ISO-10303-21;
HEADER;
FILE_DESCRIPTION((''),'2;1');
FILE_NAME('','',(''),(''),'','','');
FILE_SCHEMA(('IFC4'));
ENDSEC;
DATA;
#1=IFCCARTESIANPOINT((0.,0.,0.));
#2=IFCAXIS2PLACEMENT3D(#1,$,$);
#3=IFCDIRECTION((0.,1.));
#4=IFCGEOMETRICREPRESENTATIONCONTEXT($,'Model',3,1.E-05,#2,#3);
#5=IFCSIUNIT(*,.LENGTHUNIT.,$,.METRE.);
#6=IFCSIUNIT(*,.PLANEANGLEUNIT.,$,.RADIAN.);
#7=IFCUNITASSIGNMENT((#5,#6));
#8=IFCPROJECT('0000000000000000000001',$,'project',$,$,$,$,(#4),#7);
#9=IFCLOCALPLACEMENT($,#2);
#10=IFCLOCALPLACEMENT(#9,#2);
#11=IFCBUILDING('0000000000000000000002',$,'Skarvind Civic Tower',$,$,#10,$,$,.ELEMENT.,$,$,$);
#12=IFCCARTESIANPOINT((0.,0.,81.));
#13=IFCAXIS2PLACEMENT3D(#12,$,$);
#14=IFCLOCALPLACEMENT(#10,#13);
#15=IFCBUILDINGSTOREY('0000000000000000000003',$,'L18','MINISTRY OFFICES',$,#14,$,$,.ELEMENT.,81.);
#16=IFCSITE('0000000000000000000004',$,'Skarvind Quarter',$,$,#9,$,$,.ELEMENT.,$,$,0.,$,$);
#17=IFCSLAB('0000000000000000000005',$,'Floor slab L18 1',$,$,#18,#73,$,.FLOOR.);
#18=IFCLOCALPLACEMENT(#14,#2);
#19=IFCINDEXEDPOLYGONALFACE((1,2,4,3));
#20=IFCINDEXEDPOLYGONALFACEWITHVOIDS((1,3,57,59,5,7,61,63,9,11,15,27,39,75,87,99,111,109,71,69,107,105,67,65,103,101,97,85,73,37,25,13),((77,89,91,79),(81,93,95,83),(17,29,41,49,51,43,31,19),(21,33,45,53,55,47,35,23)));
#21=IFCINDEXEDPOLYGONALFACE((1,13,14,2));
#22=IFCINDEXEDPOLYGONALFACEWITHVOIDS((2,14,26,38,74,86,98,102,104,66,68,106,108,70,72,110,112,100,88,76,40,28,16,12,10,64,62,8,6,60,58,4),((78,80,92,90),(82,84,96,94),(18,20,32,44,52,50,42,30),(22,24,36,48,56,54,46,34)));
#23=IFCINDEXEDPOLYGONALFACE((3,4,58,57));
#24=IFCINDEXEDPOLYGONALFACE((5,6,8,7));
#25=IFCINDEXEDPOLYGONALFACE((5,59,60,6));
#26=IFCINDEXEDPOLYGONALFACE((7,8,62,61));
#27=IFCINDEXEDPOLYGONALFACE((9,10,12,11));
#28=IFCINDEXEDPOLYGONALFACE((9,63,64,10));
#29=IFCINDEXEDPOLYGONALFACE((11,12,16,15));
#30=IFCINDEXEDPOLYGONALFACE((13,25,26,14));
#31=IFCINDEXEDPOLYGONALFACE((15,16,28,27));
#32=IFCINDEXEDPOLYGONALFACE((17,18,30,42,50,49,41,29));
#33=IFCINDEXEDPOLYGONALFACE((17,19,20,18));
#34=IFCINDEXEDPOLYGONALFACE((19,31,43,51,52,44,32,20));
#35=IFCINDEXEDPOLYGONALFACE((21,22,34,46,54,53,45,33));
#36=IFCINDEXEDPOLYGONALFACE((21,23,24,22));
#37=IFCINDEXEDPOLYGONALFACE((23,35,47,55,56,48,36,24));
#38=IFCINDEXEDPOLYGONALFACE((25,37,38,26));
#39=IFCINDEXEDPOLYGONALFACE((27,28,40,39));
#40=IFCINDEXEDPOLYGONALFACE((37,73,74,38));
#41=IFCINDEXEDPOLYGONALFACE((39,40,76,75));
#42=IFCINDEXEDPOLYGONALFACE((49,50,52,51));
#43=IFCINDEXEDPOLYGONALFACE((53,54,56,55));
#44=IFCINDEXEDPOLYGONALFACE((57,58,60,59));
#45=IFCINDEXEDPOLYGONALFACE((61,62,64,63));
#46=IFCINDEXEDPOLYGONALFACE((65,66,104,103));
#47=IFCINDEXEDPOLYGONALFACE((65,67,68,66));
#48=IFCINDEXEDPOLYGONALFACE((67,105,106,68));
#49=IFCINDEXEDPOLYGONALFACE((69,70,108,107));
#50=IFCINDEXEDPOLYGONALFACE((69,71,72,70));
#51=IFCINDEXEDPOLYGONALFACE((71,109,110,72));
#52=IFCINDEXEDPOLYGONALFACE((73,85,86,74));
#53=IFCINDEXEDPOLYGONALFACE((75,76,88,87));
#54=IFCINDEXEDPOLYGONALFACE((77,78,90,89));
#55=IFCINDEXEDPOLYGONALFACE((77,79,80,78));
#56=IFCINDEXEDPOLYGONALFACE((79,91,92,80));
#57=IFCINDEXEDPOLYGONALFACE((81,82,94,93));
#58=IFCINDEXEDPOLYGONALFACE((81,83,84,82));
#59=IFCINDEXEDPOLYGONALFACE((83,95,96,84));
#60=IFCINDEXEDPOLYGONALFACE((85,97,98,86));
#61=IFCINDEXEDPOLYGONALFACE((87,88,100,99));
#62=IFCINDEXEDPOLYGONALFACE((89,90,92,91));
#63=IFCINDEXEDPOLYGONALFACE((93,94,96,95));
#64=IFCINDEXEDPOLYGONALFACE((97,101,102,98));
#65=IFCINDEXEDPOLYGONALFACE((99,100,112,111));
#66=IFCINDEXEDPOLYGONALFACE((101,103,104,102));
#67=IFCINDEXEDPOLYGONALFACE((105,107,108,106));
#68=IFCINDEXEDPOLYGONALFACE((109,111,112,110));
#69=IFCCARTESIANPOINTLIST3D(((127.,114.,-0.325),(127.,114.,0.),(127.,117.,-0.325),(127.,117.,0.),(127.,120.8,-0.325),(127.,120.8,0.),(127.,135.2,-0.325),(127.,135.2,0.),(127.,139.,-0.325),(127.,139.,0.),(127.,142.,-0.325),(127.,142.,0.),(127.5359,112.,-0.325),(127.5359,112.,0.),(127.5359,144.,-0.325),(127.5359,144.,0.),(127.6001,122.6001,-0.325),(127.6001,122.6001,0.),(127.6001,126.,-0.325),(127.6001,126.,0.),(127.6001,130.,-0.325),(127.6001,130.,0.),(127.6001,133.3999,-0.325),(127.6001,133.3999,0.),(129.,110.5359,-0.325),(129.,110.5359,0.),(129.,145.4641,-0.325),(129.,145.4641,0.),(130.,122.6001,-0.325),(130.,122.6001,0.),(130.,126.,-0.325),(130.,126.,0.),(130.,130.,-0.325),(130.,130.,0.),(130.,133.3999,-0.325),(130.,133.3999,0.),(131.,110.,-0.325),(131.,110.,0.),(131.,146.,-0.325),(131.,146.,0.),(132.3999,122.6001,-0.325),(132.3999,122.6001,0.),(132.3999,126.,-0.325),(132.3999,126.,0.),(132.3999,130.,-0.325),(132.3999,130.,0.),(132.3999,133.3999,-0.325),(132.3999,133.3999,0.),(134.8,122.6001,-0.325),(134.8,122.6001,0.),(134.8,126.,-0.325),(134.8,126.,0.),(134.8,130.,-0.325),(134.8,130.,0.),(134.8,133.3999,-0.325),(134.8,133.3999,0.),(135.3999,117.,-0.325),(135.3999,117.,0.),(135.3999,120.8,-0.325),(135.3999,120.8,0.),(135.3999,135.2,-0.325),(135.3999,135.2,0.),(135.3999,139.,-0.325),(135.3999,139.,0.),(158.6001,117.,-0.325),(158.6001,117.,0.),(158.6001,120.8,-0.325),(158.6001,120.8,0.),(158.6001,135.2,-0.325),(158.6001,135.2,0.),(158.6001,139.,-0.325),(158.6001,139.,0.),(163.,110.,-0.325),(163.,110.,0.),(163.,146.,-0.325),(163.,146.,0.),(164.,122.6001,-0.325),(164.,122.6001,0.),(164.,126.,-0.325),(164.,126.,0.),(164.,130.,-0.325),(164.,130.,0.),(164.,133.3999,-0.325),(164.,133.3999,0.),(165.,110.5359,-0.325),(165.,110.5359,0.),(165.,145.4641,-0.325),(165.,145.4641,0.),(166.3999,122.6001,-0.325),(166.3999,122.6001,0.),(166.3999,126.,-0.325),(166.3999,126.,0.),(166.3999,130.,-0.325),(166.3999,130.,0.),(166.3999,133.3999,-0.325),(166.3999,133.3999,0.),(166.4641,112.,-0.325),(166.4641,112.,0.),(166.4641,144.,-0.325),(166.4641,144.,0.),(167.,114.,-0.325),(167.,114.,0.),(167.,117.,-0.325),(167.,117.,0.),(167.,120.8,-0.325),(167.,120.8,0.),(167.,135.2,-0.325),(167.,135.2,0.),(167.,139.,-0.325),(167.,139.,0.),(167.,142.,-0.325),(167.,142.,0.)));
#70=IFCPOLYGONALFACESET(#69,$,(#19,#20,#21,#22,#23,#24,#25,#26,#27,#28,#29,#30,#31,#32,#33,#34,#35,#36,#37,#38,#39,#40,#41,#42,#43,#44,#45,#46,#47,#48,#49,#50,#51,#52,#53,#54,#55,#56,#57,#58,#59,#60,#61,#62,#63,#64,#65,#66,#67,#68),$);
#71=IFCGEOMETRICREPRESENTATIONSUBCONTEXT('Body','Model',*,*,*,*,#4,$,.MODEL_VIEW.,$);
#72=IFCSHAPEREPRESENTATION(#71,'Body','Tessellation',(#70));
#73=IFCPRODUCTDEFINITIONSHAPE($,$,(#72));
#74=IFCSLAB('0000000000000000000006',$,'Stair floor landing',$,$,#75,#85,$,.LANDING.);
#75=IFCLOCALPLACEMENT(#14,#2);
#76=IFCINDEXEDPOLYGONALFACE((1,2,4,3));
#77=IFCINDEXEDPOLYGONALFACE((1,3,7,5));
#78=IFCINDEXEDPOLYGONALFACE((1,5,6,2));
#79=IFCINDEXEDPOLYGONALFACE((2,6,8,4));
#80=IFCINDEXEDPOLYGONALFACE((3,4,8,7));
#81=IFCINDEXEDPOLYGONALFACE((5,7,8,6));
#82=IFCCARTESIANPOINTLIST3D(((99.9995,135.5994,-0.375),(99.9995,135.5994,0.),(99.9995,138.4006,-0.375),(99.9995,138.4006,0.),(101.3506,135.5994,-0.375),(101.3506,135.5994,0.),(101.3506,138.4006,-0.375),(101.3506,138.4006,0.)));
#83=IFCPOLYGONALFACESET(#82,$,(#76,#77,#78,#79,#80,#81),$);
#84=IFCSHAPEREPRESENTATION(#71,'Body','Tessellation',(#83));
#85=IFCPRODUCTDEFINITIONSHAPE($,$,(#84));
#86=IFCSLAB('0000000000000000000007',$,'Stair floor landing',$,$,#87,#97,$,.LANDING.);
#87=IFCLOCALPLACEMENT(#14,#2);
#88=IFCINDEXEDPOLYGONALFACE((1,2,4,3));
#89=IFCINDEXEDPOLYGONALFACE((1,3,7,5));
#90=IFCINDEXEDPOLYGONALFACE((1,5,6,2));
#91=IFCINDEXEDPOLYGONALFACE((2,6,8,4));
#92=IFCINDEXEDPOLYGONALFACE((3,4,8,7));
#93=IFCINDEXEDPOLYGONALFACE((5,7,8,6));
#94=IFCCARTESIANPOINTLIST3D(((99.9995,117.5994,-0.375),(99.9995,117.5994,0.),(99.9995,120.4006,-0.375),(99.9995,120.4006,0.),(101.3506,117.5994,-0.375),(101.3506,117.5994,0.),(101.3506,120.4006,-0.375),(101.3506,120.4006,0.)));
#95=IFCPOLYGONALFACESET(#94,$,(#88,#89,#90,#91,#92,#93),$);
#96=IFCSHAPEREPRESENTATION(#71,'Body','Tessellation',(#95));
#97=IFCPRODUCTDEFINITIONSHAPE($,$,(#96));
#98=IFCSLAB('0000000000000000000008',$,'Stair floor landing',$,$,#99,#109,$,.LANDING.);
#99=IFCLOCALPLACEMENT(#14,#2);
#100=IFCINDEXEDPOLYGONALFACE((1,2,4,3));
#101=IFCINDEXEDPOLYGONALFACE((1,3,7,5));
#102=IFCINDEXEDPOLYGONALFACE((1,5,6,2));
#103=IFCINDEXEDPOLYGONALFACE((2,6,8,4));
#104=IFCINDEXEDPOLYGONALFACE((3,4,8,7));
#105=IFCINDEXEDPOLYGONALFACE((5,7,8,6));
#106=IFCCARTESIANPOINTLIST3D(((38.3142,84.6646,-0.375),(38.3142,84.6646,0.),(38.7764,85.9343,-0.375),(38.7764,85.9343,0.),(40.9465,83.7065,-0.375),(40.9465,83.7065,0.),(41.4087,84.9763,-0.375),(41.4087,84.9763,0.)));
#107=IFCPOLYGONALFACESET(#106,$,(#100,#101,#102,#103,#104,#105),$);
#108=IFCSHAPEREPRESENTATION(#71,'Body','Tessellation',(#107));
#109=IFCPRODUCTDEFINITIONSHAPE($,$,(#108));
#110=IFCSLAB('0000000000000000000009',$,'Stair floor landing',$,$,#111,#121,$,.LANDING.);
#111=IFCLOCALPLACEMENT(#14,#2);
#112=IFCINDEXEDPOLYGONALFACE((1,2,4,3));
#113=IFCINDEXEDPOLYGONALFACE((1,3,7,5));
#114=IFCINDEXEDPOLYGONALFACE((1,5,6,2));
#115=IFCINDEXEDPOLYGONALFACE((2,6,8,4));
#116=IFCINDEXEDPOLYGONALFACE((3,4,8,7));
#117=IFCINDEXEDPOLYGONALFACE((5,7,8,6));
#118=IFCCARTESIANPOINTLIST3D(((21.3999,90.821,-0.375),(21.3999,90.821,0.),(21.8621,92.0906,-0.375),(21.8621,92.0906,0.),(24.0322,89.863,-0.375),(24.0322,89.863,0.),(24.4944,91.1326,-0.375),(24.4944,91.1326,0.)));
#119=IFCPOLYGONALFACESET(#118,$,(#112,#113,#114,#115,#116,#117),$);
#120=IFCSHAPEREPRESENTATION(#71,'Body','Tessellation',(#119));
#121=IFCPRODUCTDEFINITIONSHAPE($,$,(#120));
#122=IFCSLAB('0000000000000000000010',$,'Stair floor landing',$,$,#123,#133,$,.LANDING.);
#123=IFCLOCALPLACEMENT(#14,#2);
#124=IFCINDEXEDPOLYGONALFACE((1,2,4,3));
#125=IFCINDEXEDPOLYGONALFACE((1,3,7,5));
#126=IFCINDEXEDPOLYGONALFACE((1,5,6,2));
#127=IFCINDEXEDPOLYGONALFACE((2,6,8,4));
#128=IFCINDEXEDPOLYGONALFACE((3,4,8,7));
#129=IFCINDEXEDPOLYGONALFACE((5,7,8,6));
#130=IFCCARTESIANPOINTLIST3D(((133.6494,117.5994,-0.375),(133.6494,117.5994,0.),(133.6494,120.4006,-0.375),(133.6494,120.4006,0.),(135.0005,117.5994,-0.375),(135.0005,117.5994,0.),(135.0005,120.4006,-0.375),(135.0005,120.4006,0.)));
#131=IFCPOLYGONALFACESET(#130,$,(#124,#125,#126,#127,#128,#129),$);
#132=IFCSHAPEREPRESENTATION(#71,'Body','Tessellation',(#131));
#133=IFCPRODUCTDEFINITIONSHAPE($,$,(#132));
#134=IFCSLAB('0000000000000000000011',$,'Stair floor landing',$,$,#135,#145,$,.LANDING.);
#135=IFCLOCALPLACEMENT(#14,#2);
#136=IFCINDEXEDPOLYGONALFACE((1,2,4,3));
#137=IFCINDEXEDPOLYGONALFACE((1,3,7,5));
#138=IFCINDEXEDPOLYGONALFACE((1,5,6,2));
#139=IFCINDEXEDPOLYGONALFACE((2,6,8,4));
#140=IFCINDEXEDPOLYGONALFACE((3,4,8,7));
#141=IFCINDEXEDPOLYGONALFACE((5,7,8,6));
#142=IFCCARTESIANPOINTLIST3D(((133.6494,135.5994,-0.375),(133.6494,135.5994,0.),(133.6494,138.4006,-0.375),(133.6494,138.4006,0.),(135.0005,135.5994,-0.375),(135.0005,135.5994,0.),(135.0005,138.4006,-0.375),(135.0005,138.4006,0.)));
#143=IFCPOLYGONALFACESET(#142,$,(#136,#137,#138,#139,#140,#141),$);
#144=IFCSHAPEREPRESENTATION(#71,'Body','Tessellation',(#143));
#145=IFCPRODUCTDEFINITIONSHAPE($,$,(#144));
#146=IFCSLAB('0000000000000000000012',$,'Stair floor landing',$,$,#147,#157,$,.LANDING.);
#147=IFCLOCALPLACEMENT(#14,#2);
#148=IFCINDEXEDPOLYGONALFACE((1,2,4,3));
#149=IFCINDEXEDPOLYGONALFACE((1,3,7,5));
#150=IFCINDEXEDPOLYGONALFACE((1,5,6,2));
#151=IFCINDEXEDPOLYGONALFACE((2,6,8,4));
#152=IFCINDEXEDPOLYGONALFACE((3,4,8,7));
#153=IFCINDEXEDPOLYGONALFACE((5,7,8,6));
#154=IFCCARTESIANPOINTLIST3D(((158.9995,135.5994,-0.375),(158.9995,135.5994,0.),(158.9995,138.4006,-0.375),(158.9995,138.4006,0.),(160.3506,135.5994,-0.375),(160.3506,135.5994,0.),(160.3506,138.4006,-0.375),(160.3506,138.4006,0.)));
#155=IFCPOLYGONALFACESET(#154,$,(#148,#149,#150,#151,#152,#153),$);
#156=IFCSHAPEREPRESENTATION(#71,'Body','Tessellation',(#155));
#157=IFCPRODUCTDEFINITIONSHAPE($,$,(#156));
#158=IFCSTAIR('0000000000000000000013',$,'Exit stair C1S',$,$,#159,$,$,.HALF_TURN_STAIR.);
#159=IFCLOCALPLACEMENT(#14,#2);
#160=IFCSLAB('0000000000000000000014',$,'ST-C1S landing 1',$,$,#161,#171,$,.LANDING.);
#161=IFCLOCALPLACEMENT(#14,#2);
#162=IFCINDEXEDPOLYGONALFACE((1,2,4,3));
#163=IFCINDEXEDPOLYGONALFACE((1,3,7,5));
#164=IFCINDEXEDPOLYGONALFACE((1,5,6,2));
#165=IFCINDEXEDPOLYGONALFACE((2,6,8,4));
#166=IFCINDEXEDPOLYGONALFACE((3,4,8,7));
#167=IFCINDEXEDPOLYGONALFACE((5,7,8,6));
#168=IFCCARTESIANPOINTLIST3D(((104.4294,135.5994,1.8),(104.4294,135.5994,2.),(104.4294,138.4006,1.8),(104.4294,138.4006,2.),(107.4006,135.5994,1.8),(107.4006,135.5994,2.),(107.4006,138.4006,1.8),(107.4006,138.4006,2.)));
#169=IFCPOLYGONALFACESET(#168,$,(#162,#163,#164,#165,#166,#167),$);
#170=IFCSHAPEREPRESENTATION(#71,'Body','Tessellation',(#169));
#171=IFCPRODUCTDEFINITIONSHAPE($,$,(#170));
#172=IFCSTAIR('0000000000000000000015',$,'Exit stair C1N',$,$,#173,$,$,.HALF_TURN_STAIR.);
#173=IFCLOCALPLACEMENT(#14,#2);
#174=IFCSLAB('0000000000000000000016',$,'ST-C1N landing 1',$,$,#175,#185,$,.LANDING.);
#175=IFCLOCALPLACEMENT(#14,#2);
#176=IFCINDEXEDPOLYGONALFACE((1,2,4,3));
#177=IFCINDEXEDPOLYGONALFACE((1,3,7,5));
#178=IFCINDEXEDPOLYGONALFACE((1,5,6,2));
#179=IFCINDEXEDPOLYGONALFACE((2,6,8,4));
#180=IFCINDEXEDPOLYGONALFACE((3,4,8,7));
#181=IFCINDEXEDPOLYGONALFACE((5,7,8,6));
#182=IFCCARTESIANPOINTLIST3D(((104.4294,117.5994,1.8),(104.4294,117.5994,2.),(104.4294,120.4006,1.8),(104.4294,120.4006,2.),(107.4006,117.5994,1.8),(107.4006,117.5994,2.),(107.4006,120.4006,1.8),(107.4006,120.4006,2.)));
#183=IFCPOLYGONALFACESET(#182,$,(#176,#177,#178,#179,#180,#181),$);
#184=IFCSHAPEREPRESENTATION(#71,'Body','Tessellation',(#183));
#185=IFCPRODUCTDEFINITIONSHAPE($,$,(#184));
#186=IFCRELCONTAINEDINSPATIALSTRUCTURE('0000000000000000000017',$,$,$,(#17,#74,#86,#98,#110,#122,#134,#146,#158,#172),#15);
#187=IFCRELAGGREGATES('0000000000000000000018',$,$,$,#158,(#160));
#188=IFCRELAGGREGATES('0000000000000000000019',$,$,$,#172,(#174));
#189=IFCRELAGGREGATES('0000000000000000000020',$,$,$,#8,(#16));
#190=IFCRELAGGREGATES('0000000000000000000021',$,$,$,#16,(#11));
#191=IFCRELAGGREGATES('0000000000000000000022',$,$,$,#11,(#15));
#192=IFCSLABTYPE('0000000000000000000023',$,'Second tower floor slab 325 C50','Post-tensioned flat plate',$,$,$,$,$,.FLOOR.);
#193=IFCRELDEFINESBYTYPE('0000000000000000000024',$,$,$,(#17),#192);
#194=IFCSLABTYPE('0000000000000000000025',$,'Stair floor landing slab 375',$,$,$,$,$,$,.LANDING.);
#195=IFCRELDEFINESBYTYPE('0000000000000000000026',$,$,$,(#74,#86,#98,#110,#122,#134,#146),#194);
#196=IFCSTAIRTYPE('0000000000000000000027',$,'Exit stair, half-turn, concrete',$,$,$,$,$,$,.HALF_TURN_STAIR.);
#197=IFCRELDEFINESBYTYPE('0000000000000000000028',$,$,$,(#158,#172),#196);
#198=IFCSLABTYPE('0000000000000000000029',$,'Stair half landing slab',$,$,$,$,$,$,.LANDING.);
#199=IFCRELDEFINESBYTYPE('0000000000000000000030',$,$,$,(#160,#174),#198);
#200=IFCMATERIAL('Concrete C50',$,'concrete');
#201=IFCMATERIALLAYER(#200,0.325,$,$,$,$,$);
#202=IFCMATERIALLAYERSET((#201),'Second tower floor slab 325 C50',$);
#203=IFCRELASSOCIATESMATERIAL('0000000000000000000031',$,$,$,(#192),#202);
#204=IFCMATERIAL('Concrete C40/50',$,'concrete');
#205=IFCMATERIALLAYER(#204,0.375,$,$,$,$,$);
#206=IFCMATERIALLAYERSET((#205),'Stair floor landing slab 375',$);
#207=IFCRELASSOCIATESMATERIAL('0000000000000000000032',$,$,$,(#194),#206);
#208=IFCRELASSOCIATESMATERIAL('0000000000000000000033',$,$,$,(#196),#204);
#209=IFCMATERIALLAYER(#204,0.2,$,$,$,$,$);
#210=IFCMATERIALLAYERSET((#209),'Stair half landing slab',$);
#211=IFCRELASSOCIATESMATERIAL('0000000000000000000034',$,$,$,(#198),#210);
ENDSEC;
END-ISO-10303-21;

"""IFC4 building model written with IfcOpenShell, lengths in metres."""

from ifc_helpers import new_model, si_unit, direction, frame, origin, place, context, subcontext, project, spatial, polyline, outline, extrude, material, layer, layer_set, type_object, element, aggregate, save


model = new_model("IFC4")

# Units and contexts
model_context = context("Model", 3, precision=1e-05, world=origin(), true_north=direction((0.0, 1.0)))
body_context = subcontext(model_context, "Body", "Model", "MODEL_VIEW")
ifc_project = project(units=[si_unit("LENGTHUNIT", "METRE"), si_unit("PLANEANGLEUNIT", "RADIAN")], contexts=[model_context])

# Site, building, storey
site_placement = place(None, origin())
site = spatial("IfcSite", under=ifc_project, at=site_placement, Name="Skarvind Quarter", CompositionType="ELEMENT", RefElevation=0.0)
building_placement = place(site_placement, origin())
building = spatial("IfcBuilding", under=site, at=building_placement, Name="Skarvind Civic Tower", CompositionType="ELEMENT")
storey_placement = place(building_placement, frame((0.0, 0.0, 81.0)))
storey = spatial("IfcBuildingStorey", under=building, at=storey_placement, Name="L18", Description="MINISTRY OFFICES", CompositionType="ELEMENT", Elevation=81.0)

# Slabs
ifc_material_1 = material(Name="Concrete C50", Category="concrete")
ifc_layer_1 = layer(ifc_material_1, 0.325)
ifc_layer_set_1 = layer_set([ifc_layer_1], Name="Second tower floor slab 325 C50")
slab_type_1 = type_object("IfcSlabType", Name="Second tower floor slab 325 C50", Description="Post-tensioned flat plate", PredefinedType="FLOOR", material=ifc_layer_set_1)
slab_1_placement = place(storey_placement, frame((0.0, 0.0, -0.325)))
element("IfcSlab", 1, at=slab_1_placement, inside=storey, type_object=slab_type_1, Name="Floor slab L18 1", PredefinedType="FLOOR", context=body_context, shape_type="SweptSolid", body=[
    extrude(outline(polyline([(127.0, 139.0), (135.3999, 139.0), (135.3999, 135.2), (127.0, 135.2), (127.0, 120.8), (135.3999, 120.8), (135.3999, 117.0), (127.0, 117.0), (127.0, 114.0), (127.5359, 112.0), (129.0, 110.5359), (131.0, 110.0), (163.0, 110.0), (165.0, 110.5359), (166.4641, 112.0), (167.0, 114.0), (167.0, 117.0), (158.6001, 117.0), (158.6001, 120.8), (167.0, 120.8), (167.0, 135.2), (158.6001, 135.2), (158.6001, 139.0), (167.0, 139.0), (167.0, 142.0), (166.4641, 144.0), (165.0, 145.4641), (163.0, 146.0), (131.0, 146.0), (129.0, 145.4641), (127.5359, 144.0), (127.0, 142.0), (127.0, 139.0)]), holes=[polyline([(132.3999, 126.0), (134.8, 126.0), (134.8, 122.6001), (132.3999, 122.6001), (130.0, 122.6001), (127.6001, 122.6001), (127.6001, 126.0), (130.0, 126.0), (132.3999, 126.0)]), polyline([(130.0, 133.3999), (132.3999, 133.3999), (134.8, 133.3999), (134.8, 130.0), (132.3999, 130.0), (130.0, 130.0), (127.6001, 130.0), (127.6001, 133.3999), (130.0, 133.3999)]), polyline([(166.3999, 126.0), (166.3999, 122.6001), (164.0, 122.6001), (164.0, 126.0), (166.3999, 126.0)]), polyline([(166.3999, 133.3999), (166.3999, 130.0), (164.0, 130.0), (164.0, 133.3999), (166.3999, 133.3999)])]), origin(), (0.0, 0.0, 1.0), 0.325),
])
ifc_material_2 = material(Name="Concrete C40/50", Category="concrete")
ifc_layer_2 = layer(ifc_material_2, 0.375)
ifc_layer_set_2 = layer_set([ifc_layer_2], Name="Stair floor landing slab 375")
slab_type_2 = type_object("IfcSlabType", Name="Stair floor landing slab 375", PredefinedType="LANDING", material=ifc_layer_set_2)
slab_2_placement = place(storey_placement, frame((0.0, 0.0, -0.375)))
element("IfcSlab", 2, at=slab_2_placement, inside=storey, type_object=slab_type_2, Name="Stair floor landing", PredefinedType="LANDING", context=body_context, shape_type="SweptSolid", body=[
    extrude(outline(polyline([(101.3506, 138.4006), (101.3506, 135.5994), (99.9995, 135.5994), (99.9995, 138.4006), (101.3506, 138.4006)])), origin(), (0.0, 0.0, 1.0), 0.375),
])
slab_3_placement = place(storey_placement, frame((0.0, 0.0, -0.375)))
element("IfcSlab", 3, at=slab_3_placement, inside=storey, type_object=slab_type_2, Name="Stair floor landing", PredefinedType="LANDING", context=body_context, shape_type="SweptSolid", body=[
    extrude(outline(polyline([(101.3506, 120.4006), (101.3506, 117.5994), (99.9995, 117.5994), (99.9995, 120.4006), (101.3506, 120.4006)])), origin(), (0.0, 0.0, 1.0), 0.375),
])
slab_4_placement = place(storey_placement, frame((0.0, 0.0, -0.375)))
element("IfcSlab", 4, at=slab_4_placement, inside=storey, type_object=slab_type_2, Name="Stair floor landing", PredefinedType="LANDING", context=body_context, shape_type="SweptSolid", body=[
    extrude(outline(polyline([(40.9465, 83.7065), (38.3142, 84.6646), (38.7764, 85.9343), (41.4087, 84.9763), (40.9465, 83.7065)])), origin(), (0.0, 0.0, 1.0), 0.375),
])
slab_5_placement = place(storey_placement, frame((0.0, 0.0, -0.375)))
element("IfcSlab", 5, at=slab_5_placement, inside=storey, type_object=slab_type_2, Name="Stair floor landing", PredefinedType="LANDING", context=body_context, shape_type="SweptSolid", body=[
    extrude(outline(polyline([(24.0322, 89.863), (21.3999, 90.821), (21.8621, 92.0906), (24.4944, 91.1326), (24.0322, 89.863)])), origin(), (0.0, 0.0, 1.0), 0.375),
])
slab_6_placement = place(storey_placement, frame((0.0, 0.0, -0.375)))
element("IfcSlab", 6, at=slab_6_placement, inside=storey, type_object=slab_type_2, Name="Stair floor landing", PredefinedType="LANDING", context=body_context, shape_type="SweptSolid", body=[
    extrude(outline(polyline([(133.6494, 117.5994), (133.6494, 120.4006), (135.0005, 120.4006), (135.0005, 117.5994), (133.6494, 117.5994)])), origin(), (0.0, 0.0, 1.0), 0.375),
])
slab_7_placement = place(storey_placement, frame((0.0, 0.0, -0.375)))
element("IfcSlab", 7, at=slab_7_placement, inside=storey, type_object=slab_type_2, Name="Stair floor landing", PredefinedType="LANDING", context=body_context, shape_type="SweptSolid", body=[
    extrude(outline(polyline([(133.6494, 135.5994), (133.6494, 138.4006), (135.0005, 138.4006), (135.0005, 135.5994), (133.6494, 135.5994)])), origin(), (0.0, 0.0, 1.0), 0.375),
])
slab_8_placement = place(storey_placement, frame((0.0, 0.0, -0.375)))
element("IfcSlab", 8, at=slab_8_placement, inside=storey, type_object=slab_type_2, Name="Stair floor landing", PredefinedType="LANDING", context=body_context, shape_type="SweptSolid", body=[
    extrude(outline(polyline([(160.3506, 138.4006), (160.3506, 135.5994), (158.9995, 135.5994), (158.9995, 138.4006), (160.3506, 138.4006)])), origin(), (0.0, 0.0, 1.0), 0.375),
])

# Stairs, slabs
stair_type = type_object("IfcStairType", Name="Exit stair, half-turn, concrete", PredefinedType="HALF_TURN_STAIR", material=ifc_material_2)
stair_1_placement = place(storey_placement, origin())
stair_1 = element("IfcStair", 9, at=stair_1_placement, inside=storey, type_object=stair_type, Name="Exit stair C1S", PredefinedType="HALF_TURN_STAIR")
ifc_layer_3 = layer(ifc_material_2, 0.2)
ifc_layer_set_3 = layer_set([ifc_layer_3], Name="Stair half landing slab")
slab_type_3 = type_object("IfcSlabType", Name="Stair half landing slab", PredefinedType="LANDING", material=ifc_layer_set_3)
slab_9_placement = place(storey_placement, frame((0.0, 0.0, 1.8)))
slab_9 = element("IfcSlab", 10, at=slab_9_placement, type_object=slab_type_3, Name="ST-C1S landing 1", PredefinedType="LANDING", context=body_context, shape_type="SweptSolid", body=[
    extrude(outline(polyline([(104.4294, 135.5994), (104.4294, 138.4006), (107.4006, 138.4006), (107.4006, 135.5994), (104.4294, 135.5994)])), origin(), (0.0, 0.0, 1.0), 0.2),
])
aggregate(stair_1, [slab_9])
stair_2_placement = place(storey_placement, origin())
stair_2 = element("IfcStair", 11, at=stair_2_placement, inside=storey, type_object=stair_type, Name="Exit stair C1N", PredefinedType="HALF_TURN_STAIR")
slab_10_placement = place(storey_placement, frame((0.0, 0.0, 1.8)))
slab_10 = element("IfcSlab", 12, at=slab_10_placement, type_object=slab_type_3, Name="ST-C1N landing 1", PredefinedType="LANDING", context=body_context, shape_type="SweptSolid", body=[
    extrude(outline(polyline([(104.4294, 117.5994), (104.4294, 120.4006), (107.4006, 120.4006), (107.4006, 117.5994), (104.4294, 117.5994)])), origin(), (0.0, 0.0, 1.0), 0.2),
])
aggregate(stair_2, [slab_10])

save(model, "model.ifc")
